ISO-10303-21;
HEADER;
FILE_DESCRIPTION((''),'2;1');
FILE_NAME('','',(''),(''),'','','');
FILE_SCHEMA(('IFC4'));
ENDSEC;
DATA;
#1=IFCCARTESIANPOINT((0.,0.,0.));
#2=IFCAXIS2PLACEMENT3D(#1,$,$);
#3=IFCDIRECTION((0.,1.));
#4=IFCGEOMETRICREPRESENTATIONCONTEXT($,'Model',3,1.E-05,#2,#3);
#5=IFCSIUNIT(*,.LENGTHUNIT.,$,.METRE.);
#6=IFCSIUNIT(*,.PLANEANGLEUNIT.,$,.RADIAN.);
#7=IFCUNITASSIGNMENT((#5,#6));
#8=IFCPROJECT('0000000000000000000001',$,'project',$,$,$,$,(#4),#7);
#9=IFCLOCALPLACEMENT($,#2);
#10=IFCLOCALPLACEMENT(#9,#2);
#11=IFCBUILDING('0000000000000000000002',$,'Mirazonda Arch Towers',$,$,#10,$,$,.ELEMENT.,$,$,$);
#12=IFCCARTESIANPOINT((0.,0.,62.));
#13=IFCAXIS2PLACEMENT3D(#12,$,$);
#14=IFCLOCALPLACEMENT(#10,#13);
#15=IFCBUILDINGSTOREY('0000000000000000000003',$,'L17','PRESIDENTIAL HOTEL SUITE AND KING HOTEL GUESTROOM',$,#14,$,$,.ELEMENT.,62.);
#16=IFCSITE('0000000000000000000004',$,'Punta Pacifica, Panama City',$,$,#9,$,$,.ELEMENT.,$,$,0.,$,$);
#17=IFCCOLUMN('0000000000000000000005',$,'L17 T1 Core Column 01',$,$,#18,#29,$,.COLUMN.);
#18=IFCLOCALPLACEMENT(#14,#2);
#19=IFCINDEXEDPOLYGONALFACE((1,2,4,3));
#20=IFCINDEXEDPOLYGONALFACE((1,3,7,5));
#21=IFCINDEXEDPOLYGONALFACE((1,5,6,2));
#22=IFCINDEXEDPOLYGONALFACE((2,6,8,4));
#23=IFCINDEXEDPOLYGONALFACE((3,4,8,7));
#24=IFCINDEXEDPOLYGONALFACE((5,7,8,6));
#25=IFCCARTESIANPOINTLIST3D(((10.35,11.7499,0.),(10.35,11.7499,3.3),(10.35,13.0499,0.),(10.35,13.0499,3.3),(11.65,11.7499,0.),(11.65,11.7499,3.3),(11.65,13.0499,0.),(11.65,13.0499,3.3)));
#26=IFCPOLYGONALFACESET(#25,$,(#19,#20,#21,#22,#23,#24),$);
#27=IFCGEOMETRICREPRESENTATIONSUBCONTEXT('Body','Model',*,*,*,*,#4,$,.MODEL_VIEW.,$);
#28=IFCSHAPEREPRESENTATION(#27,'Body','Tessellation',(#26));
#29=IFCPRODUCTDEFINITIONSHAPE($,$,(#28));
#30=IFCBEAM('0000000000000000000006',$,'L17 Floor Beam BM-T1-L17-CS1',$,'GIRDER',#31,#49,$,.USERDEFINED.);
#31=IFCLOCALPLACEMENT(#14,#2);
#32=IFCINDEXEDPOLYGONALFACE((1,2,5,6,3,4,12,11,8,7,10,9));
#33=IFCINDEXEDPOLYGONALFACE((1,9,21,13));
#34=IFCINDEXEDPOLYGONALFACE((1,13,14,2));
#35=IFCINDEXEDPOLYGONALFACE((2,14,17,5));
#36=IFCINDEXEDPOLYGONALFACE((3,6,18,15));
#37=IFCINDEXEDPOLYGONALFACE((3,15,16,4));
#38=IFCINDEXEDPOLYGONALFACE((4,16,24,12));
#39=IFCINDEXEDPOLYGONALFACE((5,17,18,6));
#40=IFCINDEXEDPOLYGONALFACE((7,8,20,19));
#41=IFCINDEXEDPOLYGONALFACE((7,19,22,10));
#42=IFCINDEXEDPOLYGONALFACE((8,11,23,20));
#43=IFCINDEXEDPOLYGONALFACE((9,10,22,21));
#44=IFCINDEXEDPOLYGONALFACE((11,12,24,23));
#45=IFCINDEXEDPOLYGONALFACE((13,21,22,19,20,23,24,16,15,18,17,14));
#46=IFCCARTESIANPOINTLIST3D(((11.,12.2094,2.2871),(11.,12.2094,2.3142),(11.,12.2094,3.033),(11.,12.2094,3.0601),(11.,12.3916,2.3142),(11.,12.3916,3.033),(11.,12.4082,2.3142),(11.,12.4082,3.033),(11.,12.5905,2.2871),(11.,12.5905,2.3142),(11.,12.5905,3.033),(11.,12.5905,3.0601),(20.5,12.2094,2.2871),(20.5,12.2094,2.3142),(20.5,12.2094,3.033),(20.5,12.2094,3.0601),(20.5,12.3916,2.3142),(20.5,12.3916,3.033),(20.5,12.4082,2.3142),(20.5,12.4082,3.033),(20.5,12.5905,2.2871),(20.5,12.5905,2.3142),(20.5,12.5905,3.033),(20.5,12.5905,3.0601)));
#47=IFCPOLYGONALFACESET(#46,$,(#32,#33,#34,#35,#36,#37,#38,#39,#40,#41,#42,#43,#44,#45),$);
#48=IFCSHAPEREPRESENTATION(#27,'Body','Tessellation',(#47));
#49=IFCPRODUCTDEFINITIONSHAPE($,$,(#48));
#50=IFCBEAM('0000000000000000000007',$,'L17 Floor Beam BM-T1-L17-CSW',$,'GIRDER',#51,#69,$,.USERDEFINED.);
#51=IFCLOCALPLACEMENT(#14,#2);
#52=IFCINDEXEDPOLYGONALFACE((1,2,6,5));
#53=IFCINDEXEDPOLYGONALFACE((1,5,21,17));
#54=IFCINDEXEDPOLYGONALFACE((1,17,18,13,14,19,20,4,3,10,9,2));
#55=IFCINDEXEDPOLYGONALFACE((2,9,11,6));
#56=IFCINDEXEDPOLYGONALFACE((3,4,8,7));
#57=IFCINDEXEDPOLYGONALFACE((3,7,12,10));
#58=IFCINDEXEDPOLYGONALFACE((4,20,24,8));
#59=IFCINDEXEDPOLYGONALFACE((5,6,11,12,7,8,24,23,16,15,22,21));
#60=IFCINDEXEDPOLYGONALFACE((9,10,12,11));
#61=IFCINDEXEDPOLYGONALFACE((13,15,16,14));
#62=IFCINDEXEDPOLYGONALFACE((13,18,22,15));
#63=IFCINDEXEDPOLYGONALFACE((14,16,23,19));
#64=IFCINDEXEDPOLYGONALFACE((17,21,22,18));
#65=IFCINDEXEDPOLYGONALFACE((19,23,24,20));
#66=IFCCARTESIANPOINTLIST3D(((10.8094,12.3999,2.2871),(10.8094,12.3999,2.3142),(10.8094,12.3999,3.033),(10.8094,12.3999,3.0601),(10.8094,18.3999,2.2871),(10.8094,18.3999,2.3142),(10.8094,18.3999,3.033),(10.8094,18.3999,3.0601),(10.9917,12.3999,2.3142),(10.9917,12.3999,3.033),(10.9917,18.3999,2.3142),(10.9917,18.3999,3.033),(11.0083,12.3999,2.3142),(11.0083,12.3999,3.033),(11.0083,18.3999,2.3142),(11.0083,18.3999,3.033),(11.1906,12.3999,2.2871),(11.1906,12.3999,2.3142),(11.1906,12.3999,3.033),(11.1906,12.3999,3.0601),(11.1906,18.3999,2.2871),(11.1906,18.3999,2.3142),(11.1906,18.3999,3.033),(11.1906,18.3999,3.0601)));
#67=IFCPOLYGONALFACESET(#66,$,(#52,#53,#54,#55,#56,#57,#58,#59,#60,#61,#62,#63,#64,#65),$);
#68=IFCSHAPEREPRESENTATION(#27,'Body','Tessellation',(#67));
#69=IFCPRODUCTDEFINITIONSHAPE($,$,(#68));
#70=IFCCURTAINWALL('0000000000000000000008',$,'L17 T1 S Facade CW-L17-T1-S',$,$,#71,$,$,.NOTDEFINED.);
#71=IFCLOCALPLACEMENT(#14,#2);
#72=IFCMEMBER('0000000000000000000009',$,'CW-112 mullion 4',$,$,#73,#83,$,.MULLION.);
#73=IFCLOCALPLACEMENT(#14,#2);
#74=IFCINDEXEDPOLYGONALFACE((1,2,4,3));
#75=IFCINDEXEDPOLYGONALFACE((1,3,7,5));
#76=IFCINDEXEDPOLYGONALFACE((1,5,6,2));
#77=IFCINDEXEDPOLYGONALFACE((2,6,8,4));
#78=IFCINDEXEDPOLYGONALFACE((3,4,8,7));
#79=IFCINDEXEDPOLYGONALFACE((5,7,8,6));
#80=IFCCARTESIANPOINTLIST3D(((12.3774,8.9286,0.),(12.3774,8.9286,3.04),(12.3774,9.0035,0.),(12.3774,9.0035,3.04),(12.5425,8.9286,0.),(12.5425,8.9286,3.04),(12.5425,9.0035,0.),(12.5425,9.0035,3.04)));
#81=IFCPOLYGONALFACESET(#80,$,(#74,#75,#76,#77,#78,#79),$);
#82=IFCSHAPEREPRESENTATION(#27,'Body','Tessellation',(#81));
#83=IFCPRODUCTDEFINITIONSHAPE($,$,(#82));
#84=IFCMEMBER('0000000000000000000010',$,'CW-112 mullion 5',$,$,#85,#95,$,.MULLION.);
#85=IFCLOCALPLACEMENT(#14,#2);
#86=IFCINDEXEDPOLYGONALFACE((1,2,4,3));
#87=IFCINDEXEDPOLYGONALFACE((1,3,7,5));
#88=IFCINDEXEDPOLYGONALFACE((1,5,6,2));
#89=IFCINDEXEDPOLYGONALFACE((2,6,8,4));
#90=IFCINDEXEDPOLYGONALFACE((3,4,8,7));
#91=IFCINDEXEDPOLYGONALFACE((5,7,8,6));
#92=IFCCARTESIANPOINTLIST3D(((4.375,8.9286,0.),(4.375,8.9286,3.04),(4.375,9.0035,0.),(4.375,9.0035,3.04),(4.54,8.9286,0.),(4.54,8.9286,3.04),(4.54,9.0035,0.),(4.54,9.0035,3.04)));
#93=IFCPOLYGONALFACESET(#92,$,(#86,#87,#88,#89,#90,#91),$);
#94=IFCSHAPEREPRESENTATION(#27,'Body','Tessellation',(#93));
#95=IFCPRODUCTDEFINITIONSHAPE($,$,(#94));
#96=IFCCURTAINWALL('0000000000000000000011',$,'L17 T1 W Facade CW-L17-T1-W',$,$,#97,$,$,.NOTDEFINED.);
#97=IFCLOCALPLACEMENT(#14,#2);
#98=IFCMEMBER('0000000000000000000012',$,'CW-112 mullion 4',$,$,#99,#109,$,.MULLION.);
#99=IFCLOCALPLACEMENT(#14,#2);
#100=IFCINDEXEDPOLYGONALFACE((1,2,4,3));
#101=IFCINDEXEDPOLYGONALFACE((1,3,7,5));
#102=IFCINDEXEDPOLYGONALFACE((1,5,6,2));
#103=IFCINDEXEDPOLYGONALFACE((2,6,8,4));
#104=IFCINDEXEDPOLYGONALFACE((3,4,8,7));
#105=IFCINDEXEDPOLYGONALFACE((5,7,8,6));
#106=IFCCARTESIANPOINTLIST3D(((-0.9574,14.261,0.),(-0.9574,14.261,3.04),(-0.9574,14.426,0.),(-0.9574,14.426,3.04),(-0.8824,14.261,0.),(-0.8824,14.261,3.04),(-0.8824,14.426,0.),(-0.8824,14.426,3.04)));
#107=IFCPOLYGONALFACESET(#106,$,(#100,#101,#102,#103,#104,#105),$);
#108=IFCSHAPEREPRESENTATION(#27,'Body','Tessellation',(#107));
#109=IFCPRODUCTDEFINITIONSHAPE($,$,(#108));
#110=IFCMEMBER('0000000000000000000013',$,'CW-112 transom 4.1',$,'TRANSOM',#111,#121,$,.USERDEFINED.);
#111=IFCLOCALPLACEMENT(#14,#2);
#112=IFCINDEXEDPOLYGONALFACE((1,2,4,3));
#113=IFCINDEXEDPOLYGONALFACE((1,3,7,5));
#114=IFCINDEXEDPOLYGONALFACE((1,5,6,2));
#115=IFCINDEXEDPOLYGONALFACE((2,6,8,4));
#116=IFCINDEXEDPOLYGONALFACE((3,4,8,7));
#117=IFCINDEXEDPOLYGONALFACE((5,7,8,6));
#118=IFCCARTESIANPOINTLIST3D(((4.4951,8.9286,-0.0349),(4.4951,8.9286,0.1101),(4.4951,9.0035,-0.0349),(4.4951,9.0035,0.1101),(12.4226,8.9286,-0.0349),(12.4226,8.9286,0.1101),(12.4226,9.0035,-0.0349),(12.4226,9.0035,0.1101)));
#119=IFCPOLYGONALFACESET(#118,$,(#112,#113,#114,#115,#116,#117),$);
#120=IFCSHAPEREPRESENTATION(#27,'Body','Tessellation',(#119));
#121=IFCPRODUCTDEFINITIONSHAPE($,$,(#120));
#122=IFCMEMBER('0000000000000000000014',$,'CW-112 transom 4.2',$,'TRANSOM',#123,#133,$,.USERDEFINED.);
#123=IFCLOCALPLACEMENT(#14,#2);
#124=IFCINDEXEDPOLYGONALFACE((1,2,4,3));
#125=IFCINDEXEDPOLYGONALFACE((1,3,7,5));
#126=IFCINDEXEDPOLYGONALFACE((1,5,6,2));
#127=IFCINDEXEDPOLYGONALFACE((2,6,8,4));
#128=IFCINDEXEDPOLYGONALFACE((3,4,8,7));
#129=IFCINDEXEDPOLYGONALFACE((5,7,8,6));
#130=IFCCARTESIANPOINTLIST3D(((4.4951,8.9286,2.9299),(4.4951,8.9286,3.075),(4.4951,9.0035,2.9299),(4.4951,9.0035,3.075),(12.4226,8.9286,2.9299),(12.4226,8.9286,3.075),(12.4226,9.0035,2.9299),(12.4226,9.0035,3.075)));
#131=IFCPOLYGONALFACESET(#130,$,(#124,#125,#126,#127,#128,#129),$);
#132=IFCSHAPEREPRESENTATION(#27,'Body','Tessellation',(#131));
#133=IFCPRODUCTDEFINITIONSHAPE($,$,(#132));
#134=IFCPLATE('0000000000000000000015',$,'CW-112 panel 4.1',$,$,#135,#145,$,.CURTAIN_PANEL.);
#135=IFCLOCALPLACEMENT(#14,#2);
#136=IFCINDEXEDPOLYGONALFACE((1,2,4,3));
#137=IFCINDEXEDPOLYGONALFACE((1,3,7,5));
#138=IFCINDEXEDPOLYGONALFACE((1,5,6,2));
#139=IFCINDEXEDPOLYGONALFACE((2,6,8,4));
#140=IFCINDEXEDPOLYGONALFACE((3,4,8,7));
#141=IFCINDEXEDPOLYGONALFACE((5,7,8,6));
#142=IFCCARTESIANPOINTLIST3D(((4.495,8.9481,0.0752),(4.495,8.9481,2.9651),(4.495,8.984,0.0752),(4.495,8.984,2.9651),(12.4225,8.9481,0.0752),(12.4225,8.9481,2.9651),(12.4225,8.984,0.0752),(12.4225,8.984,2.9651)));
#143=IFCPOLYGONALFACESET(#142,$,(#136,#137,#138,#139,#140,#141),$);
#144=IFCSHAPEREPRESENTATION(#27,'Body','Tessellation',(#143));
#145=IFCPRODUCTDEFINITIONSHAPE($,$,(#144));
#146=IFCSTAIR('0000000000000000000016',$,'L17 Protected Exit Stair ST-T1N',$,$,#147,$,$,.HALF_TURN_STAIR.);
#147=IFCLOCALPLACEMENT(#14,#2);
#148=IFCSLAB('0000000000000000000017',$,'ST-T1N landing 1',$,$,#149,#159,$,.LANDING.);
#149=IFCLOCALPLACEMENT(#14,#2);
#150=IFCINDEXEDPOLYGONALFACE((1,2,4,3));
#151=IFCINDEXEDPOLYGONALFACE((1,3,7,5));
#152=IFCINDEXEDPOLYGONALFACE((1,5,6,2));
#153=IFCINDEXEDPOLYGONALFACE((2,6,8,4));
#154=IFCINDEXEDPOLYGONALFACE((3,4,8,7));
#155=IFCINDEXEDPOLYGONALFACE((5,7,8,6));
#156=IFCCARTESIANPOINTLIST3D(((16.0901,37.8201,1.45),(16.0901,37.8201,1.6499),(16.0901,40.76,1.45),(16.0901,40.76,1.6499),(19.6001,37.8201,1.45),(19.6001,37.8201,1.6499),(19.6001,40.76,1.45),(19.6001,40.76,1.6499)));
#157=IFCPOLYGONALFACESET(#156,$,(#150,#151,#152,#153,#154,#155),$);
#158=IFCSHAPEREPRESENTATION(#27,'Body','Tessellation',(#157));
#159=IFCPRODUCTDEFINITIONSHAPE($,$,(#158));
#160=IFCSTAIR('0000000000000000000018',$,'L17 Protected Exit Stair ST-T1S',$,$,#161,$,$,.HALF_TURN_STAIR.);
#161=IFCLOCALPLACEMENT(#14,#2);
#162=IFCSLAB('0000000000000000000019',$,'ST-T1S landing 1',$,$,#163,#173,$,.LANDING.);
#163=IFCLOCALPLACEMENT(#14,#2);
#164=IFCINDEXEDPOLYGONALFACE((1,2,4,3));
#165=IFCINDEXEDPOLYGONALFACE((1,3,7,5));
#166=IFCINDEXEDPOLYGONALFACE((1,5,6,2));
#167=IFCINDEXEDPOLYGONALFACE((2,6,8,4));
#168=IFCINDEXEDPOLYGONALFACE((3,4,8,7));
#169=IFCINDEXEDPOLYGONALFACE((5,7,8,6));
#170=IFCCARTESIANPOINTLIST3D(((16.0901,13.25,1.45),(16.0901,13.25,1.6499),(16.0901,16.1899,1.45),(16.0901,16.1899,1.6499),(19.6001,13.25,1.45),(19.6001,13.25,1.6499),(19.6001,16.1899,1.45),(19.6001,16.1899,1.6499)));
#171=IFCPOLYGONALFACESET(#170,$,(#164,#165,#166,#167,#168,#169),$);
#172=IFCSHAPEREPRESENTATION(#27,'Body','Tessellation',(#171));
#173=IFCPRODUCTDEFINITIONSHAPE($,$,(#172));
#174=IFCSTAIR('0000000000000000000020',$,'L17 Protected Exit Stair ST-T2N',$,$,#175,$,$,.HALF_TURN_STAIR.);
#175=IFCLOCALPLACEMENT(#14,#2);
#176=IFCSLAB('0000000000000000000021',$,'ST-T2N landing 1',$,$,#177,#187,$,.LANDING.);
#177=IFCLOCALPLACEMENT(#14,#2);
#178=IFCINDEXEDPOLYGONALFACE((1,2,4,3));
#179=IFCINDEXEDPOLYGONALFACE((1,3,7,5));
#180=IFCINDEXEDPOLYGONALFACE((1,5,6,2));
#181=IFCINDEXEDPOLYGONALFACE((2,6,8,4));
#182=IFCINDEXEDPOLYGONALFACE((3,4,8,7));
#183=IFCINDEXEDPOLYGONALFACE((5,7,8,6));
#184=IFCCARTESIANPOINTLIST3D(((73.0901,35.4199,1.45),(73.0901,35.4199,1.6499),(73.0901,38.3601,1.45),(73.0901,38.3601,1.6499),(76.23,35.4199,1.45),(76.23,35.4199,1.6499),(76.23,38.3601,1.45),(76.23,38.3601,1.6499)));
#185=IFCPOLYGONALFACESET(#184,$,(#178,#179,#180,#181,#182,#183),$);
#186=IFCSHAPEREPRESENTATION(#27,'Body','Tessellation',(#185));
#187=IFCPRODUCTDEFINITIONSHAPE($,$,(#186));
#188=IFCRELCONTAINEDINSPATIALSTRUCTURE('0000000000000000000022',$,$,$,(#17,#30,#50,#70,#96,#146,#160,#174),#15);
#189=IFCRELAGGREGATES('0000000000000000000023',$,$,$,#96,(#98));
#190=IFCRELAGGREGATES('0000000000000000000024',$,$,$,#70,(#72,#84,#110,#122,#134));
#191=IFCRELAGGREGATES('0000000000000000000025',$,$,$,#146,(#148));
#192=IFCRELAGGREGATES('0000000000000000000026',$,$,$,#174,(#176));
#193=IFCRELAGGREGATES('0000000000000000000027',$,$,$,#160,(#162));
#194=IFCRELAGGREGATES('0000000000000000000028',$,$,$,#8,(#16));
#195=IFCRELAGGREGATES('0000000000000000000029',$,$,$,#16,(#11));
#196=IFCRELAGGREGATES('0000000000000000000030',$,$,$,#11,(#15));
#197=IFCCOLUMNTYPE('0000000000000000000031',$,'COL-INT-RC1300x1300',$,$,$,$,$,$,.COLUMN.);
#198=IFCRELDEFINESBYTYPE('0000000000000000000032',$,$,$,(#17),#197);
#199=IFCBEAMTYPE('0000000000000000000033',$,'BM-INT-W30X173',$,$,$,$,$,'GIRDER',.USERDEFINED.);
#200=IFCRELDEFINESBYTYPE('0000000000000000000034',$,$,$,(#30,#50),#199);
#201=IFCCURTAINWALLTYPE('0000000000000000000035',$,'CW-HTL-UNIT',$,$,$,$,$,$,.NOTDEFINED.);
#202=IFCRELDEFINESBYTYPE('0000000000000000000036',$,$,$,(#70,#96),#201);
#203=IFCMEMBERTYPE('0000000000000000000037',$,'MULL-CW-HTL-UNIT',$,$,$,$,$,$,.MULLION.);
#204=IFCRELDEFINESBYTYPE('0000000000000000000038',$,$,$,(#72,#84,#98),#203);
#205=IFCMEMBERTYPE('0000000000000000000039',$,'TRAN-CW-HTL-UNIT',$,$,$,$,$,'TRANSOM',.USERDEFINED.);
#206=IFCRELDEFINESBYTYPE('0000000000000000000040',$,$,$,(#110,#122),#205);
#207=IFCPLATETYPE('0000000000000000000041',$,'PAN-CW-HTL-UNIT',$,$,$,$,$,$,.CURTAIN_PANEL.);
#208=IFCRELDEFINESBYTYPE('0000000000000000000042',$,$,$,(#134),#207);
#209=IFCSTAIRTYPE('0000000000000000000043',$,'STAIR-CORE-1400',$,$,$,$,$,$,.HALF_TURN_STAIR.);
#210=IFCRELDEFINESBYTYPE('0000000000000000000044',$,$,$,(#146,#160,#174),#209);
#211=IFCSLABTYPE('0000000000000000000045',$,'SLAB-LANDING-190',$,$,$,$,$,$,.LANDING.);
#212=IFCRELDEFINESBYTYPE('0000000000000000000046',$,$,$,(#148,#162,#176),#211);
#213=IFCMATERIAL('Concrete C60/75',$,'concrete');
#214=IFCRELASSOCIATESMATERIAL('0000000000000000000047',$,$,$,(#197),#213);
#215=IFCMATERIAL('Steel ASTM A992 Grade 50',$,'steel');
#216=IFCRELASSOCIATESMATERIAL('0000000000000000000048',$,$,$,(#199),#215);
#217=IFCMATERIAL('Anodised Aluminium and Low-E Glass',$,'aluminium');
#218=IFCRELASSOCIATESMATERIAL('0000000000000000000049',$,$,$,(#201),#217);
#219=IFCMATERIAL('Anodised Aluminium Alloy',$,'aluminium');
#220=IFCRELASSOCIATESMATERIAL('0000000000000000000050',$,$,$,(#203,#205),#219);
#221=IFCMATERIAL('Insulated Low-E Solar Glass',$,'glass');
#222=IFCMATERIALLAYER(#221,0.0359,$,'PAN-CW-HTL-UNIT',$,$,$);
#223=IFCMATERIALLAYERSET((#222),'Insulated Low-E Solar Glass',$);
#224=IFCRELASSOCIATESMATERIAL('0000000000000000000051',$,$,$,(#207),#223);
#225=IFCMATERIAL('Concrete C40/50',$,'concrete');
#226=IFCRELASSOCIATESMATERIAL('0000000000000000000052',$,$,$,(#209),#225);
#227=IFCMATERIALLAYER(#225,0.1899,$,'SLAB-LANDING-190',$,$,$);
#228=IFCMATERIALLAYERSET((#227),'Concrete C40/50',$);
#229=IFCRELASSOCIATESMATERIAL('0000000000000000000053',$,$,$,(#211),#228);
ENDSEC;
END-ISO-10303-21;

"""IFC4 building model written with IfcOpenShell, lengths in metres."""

from ifc_helpers import new_model, si_unit, direction, frame, origin, origin_2d, place, context, subcontext, project, spatial, polyline, rectangle, i_section, outline, extrude, material, layer, layer_set, material_profile, profile_set, type_object, element, aggregate, save


model = new_model("IFC4")

# Units and contexts
model_context = context("Model", 3, precision=1e-05, world=origin(), true_north=direction((0.0, 1.0)))
body_context = subcontext(model_context, "Body", "Model", "MODEL_VIEW")
ifc_project = project(units=[si_unit("LENGTHUNIT", "METRE"), si_unit("PLANEANGLEUNIT", "RADIAN")], contexts=[model_context])

# Site, building, storey
site_placement = place(None, origin())
site = spatial("IfcSite", under=ifc_project, at=site_placement, Name="Punta Pacifica, Panama City", CompositionType="ELEMENT", RefElevation=0.0)
building_placement = place(site_placement, origin())
building = spatial("IfcBuilding", under=site, at=building_placement, Name="Mirazonda Arch Towers", CompositionType="ELEMENT")
storey_placement = place(building_placement, frame((0.0, 0.0, 62.0)))
storey = spatial("IfcBuildingStorey", under=building, at=storey_placement, Name="L17", Description="PRESIDENTIAL HOTEL SUITE AND KING HOTEL GUESTROOM", CompositionType="ELEMENT", Elevation=62.0)

# Column
ifc_material_1 = material(Name="Concrete C60/75", Category="concrete")
ifc_material_profile_1 = material_profile(ifc_material_1, rectangle(XDim=1.3, YDim=1.3, at=origin_2d()), Name="RC1300x1300")
ifc_profile_set_1 = profile_set([ifc_material_profile_1], Name="Concrete C60/75")
column_type = type_object("IfcColumnType", Name="COL-INT-RC1300x1300", PredefinedType="COLUMN", material=ifc_profile_set_1)
column_placement = place(storey_placement, frame((11.0, 12.3999, 0.0), z_axis=(0.0, 0.0, 1.0), x_axis=(1.0, 0.0, 0.0)))
element("IfcColumn", 1, at=column_placement, inside=storey, type_object=column_type, Name="L17 T1 Core Column 01", PredefinedType="COLUMN", context=body_context, shape_type="SweptSolid", body=[
    extrude(rectangle(XDim=1.3, YDim=1.3, at=origin_2d()), origin(), (0.0, 0.0, 1.0), 3.3),
])

# Beams
ifc_material_2 = material(Name="Steel ASTM A992 Grade 50", Category="steel")
ifc_material_profile_2 = material_profile(ifc_material_2, i_section(OverallWidth=0.3811, OverallDepth=0.7729, WebThickness=0.0166, FlangeThickness=0.0271, at=origin_2d()), Name="W30X173")
ifc_profile_set_2 = profile_set([ifc_material_profile_2], Name="Steel ASTM A992 Grade 50")
beam_type = type_object("IfcBeamType", Name="BM-INT-W30X173", ElementType="GIRDER", PredefinedType="USERDEFINED", material=ifc_profile_set_2)
beam_1_placement = place(storey_placement, frame((11.0, 12.3999, 2.6736), z_axis=(1.0, 0.0, 0.0), x_axis=(0.0, 1.0, 0.0)))
element("IfcBeam", 2, at=beam_1_placement, inside=storey, type_object=beam_type, Name="L17 Floor Beam BM-T1-L17-CS1", ObjectType="GIRDER", PredefinedType="USERDEFINED", context=body_context, shape_type="SweptSolid", body=[
    extrude(i_section(OverallWidth=0.3811, OverallDepth=0.7729, WebThickness=0.0166, FlangeThickness=0.0271, at=origin_2d()), origin(), (0.0, 0.0, 1.0), 9.5),
])
beam_2_placement = place(storey_placement, frame((11.0, 12.3999, 2.6736), z_axis=(0.0, 1.0, 0.0), x_axis=(-1.0, 0.0, 0.0)))
element("IfcBeam", 3, at=beam_2_placement, inside=storey, type_object=beam_type, Name="L17 Floor Beam BM-T1-L17-CSW", ObjectType="GIRDER", PredefinedType="USERDEFINED", context=body_context, shape_type="SweptSolid", body=[
    extrude(i_section(OverallWidth=0.3811, OverallDepth=0.7729, WebThickness=0.0166, FlangeThickness=0.0271, at=origin_2d()), origin(), (0.0, 0.0, 1.0), 6.0),
])

# Curtain wall, members
ifc_material_3 = material(Name="Anodised Aluminium and Low-E Glass", Category="aluminium")
curtain_wall_type = type_object("IfcCurtainWallType", Name="CW-HTL-UNIT", PredefinedType="NOTDEFINED", material=ifc_material_3)
curtain_wall_1_placement = place(storey_placement, origin())
curtain_wall_1 = element("IfcCurtainWall", 4, at=curtain_wall_1_placement, inside=storey, type_object=curtain_wall_type, Name="L17 T1 S Facade CW-L17-T1-S", PredefinedType="NOTDEFINED")
ifc_material_4 = material(Name="Anodised Aluminium Alloy", Category="aluminium")
ifc_material_profile_3 = material_profile(ifc_material_4, rectangle(XDim=0.075, YDim=0.165, at=origin_2d()), Name="ALU-MULL-75x165")
ifc_profile_set_3 = profile_set([ifc_material_profile_3], Name="Anodised Aluminium Alloy")
member_type_1 = type_object("IfcMemberType", Name="MULL-CW-HTL-UNIT", PredefinedType="MULLION", material=ifc_profile_set_3)
member_1_placement = place(storey_placement, frame((12.46, 8.9661, 0.0), z_axis=(0.0, 0.0, 1.0), x_axis=(0.0, -1.0, 0.0)))
member_1 = element("IfcMember", 5, at=member_1_placement, type_object=member_type_1, Name="CW-112 mullion 4", PredefinedType="MULLION", context=body_context, shape_type="SweptSolid", body=[
    extrude(rectangle(XDim=0.075, YDim=0.165, at=origin_2d()), origin(), (0.0, 0.0, 1.0), 3.04),
])
member_2_placement = place(storey_placement, frame((4.4575, 8.9661, 0.0), z_axis=(0.0, 0.0, 1.0), x_axis=(0.0, -1.0, 0.0)))
member_2 = element("IfcMember", 6, at=member_2_placement, type_object=member_type_1, Name="CW-112 mullion 5", PredefinedType="MULLION", context=body_context, shape_type="SweptSolid", body=[
    extrude(rectangle(XDim=0.075, YDim=0.165, at=origin_2d()), origin(), (0.0, 0.0, 1.0), 3.04),
])

# Curtain wall, member
curtain_wall_2_placement = place(storey_placement, origin())
curtain_wall_2 = element("IfcCurtainWall", 7, at=curtain_wall_2_placement, inside=storey, type_object=curtain_wall_type, Name="L17 T1 W Facade CW-L17-T1-W", PredefinedType="NOTDEFINED")
member_3_placement = place(storey_placement, frame((-0.9199, 14.3435, 0.0), z_axis=(0.0, 0.0, 1.0), x_axis=(1.0, 0.0, 0.0)))
member_3 = element("IfcMember", 8, at=member_3_placement, type_object=member_type_1, Name="CW-112 mullion 4", PredefinedType="MULLION", context=body_context, shape_type="SweptSolid", body=[
    extrude(rectangle(XDim=0.075, YDim=0.165, at=origin_2d()), origin(), (0.0, 0.0, 1.0), 3.04),
])
aggregate(curtain_wall_2, [member_3])

# Members
ifc_material_profile_4 = material_profile(ifc_material_4, rectangle(XDim=0.075, YDim=0.145, at=origin_2d()), Name="ALU-TRAN-75x145")
ifc_profile_set_4 = profile_set([ifc_material_profile_4], Name="Anodised Aluminium Alloy")
member_type_2 = type_object("IfcMemberType", Name="TRAN-CW-HTL-UNIT", ElementType="TRANSOM", PredefinedType="USERDEFINED", material=ifc_profile_set_4)
member_4_placement = place(storey_placement, frame((12.4226, 8.9661, 0.0376), z_axis=(-1.0, 0.0, 0.0), x_axis=(0.0, -1.0, 0.0)))
member_4 = element("IfcMember", 9, at=member_4_placement, type_object=member_type_2, Name="CW-112 transom 4.1", ObjectType="TRANSOM", PredefinedType="USERDEFINED", context=body_context, shape_type="SweptSolid", body=[
    extrude(rectangle(XDim=0.075, YDim=0.145, at=origin_2d()), origin(), (0.0, 0.0, 1.0), 7.9275),
])
member_5_placement = place(storey_placement, frame((12.4226, 8.9661, 3.0024), z_axis=(-1.0, 0.0, 0.0), x_axis=(0.0, -1.0, 0.0)))
member_5 = element("IfcMember", 10, at=member_5_placement, type_object=member_type_2, Name="CW-112 transom 4.2", ObjectType="TRANSOM", PredefinedType="USERDEFINED", context=body_context, shape_type="SweptSolid", body=[
    extrude(rectangle(XDim=0.075, YDim=0.145, at=origin_2d()), origin(), (0.0, 0.0, 1.0), 7.9275),
])

# Plate
ifc_material_5 = material(Name="Insulated Low-E Solar Glass", Category="glass")
ifc_layer_1 = layer(ifc_material_5, 0.0359, Name="PAN-CW-HTL-UNIT")
ifc_layer_set_1 = layer_set([ifc_layer_1], Name="Insulated Low-E Solar Glass")
plate_type = type_object("IfcPlateType", Name="PAN-CW-HTL-UNIT", PredefinedType="CURTAIN_PANEL", material=ifc_layer_set_1)
plate_placement = place(storey_placement, frame((8.4587, 8.9661, 0.0752), z_axis=(0.0, 0.0, 1.0), x_axis=(-1.0, 0.0, 0.0)))
plate = element("IfcPlate", 11, at=plate_placement, type_object=plate_type, Name="CW-112 panel 4.1", PredefinedType="CURTAIN_PANEL", context=body_context, shape_type="SweptSolid", body=[
    extrude(rectangle(XDim=7.9275, YDim=0.0359, at=origin_2d()), origin(), (0.0, 0.0, 1.0), 2.8899),
])
aggregate(curtain_wall_1, [member_1, member_2, member_4, member_5, plate])

# Stairs, slabs
ifc_material_6 = material(Name="Concrete C40/50", Category="concrete")
stair_type = type_object("IfcStairType", Name="STAIR-CORE-1400", PredefinedType="HALF_TURN_STAIR", material=ifc_material_6)
stair_1_placement = place(storey_placement, origin())
stair_1 = element("IfcStair", 12, at=stair_1_placement, inside=storey, type_object=stair_type, Name="L17 Protected Exit Stair ST-T1N", PredefinedType="HALF_TURN_STAIR")
ifc_layer_2 = layer(ifc_material_6, 0.1899, Name="SLAB-LANDING-190")
ifc_layer_set_2 = layer_set([ifc_layer_2], Name="Concrete C40/50")
slab_type_1 = type_object("IfcSlabType", Name="SLAB-LANDING-190", PredefinedType="LANDING", material=ifc_layer_set_2)
slab_1_placement = place(storey_placement, frame((0.0, 0.0, 1.45)))
slab_1 = element("IfcSlab", 13, at=slab_1_placement, type_object=slab_type_1, Name="ST-T1N landing 1", PredefinedType="LANDING", context=body_context, shape_type="SweptSolid", body=[
    extrude(outline(polyline([(16.0901, 37.8201), (19.6001, 37.8201), (19.6001, 40.76), (16.0901, 40.76), (16.0901, 37.8201)])), origin(), (0.0, 0.0, 1.0), 0.2),
])
aggregate(stair_1, [slab_1])
stair_2_placement = place(storey_placement, origin())
stair_2 = element("IfcStair", 14, at=stair_2_placement, inside=storey, type_object=stair_type, Name="L17 Protected Exit Stair ST-T1S", PredefinedType="HALF_TURN_STAIR")
slab_2_placement = place(storey_placement, frame((0.0, 0.0, 1.45)))
slab_2 = element("IfcSlab", 15, at=slab_2_placement, type_object=slab_type_1, Name="ST-T1S landing 1", PredefinedType="LANDING", context=body_context, shape_type="SweptSolid", body=[
    extrude(outline(polyline([(16.0901, 13.25), (19.6001, 13.25), (19.6001, 16.1899), (16.0901, 16.1899), (16.0901, 13.25)])), origin(), (0.0, 0.0, 1.0), 0.2),
])
stair_3_placement = place(storey_placement, origin())
stair_3 = element("IfcStair", 16, at=stair_3_placement, inside=storey, type_object=stair_type, Name="L17 Protected Exit Stair ST-T2N", PredefinedType="HALF_TURN_STAIR")
slab_3_placement = place(storey_placement, frame((0.0, 0.0, 1.45)))
slab_3 = element("IfcSlab", 17, at=slab_3_placement, type_object=slab_type_1, Name="ST-T2N landing 1", PredefinedType="LANDING", context=body_context, shape_type="SweptSolid", body=[
    extrude(outline(polyline([(73.0901, 35.4199), (76.23, 35.4199), (76.23, 38.3601), (73.0901, 38.3601), (73.0901, 35.4199)])), origin(), (0.0, 0.0, 1.0), 0.2),
])
aggregate(stair_3, [slab_3])

aggregate(stair_2, [slab_2])

save(model, "model.ifc")
